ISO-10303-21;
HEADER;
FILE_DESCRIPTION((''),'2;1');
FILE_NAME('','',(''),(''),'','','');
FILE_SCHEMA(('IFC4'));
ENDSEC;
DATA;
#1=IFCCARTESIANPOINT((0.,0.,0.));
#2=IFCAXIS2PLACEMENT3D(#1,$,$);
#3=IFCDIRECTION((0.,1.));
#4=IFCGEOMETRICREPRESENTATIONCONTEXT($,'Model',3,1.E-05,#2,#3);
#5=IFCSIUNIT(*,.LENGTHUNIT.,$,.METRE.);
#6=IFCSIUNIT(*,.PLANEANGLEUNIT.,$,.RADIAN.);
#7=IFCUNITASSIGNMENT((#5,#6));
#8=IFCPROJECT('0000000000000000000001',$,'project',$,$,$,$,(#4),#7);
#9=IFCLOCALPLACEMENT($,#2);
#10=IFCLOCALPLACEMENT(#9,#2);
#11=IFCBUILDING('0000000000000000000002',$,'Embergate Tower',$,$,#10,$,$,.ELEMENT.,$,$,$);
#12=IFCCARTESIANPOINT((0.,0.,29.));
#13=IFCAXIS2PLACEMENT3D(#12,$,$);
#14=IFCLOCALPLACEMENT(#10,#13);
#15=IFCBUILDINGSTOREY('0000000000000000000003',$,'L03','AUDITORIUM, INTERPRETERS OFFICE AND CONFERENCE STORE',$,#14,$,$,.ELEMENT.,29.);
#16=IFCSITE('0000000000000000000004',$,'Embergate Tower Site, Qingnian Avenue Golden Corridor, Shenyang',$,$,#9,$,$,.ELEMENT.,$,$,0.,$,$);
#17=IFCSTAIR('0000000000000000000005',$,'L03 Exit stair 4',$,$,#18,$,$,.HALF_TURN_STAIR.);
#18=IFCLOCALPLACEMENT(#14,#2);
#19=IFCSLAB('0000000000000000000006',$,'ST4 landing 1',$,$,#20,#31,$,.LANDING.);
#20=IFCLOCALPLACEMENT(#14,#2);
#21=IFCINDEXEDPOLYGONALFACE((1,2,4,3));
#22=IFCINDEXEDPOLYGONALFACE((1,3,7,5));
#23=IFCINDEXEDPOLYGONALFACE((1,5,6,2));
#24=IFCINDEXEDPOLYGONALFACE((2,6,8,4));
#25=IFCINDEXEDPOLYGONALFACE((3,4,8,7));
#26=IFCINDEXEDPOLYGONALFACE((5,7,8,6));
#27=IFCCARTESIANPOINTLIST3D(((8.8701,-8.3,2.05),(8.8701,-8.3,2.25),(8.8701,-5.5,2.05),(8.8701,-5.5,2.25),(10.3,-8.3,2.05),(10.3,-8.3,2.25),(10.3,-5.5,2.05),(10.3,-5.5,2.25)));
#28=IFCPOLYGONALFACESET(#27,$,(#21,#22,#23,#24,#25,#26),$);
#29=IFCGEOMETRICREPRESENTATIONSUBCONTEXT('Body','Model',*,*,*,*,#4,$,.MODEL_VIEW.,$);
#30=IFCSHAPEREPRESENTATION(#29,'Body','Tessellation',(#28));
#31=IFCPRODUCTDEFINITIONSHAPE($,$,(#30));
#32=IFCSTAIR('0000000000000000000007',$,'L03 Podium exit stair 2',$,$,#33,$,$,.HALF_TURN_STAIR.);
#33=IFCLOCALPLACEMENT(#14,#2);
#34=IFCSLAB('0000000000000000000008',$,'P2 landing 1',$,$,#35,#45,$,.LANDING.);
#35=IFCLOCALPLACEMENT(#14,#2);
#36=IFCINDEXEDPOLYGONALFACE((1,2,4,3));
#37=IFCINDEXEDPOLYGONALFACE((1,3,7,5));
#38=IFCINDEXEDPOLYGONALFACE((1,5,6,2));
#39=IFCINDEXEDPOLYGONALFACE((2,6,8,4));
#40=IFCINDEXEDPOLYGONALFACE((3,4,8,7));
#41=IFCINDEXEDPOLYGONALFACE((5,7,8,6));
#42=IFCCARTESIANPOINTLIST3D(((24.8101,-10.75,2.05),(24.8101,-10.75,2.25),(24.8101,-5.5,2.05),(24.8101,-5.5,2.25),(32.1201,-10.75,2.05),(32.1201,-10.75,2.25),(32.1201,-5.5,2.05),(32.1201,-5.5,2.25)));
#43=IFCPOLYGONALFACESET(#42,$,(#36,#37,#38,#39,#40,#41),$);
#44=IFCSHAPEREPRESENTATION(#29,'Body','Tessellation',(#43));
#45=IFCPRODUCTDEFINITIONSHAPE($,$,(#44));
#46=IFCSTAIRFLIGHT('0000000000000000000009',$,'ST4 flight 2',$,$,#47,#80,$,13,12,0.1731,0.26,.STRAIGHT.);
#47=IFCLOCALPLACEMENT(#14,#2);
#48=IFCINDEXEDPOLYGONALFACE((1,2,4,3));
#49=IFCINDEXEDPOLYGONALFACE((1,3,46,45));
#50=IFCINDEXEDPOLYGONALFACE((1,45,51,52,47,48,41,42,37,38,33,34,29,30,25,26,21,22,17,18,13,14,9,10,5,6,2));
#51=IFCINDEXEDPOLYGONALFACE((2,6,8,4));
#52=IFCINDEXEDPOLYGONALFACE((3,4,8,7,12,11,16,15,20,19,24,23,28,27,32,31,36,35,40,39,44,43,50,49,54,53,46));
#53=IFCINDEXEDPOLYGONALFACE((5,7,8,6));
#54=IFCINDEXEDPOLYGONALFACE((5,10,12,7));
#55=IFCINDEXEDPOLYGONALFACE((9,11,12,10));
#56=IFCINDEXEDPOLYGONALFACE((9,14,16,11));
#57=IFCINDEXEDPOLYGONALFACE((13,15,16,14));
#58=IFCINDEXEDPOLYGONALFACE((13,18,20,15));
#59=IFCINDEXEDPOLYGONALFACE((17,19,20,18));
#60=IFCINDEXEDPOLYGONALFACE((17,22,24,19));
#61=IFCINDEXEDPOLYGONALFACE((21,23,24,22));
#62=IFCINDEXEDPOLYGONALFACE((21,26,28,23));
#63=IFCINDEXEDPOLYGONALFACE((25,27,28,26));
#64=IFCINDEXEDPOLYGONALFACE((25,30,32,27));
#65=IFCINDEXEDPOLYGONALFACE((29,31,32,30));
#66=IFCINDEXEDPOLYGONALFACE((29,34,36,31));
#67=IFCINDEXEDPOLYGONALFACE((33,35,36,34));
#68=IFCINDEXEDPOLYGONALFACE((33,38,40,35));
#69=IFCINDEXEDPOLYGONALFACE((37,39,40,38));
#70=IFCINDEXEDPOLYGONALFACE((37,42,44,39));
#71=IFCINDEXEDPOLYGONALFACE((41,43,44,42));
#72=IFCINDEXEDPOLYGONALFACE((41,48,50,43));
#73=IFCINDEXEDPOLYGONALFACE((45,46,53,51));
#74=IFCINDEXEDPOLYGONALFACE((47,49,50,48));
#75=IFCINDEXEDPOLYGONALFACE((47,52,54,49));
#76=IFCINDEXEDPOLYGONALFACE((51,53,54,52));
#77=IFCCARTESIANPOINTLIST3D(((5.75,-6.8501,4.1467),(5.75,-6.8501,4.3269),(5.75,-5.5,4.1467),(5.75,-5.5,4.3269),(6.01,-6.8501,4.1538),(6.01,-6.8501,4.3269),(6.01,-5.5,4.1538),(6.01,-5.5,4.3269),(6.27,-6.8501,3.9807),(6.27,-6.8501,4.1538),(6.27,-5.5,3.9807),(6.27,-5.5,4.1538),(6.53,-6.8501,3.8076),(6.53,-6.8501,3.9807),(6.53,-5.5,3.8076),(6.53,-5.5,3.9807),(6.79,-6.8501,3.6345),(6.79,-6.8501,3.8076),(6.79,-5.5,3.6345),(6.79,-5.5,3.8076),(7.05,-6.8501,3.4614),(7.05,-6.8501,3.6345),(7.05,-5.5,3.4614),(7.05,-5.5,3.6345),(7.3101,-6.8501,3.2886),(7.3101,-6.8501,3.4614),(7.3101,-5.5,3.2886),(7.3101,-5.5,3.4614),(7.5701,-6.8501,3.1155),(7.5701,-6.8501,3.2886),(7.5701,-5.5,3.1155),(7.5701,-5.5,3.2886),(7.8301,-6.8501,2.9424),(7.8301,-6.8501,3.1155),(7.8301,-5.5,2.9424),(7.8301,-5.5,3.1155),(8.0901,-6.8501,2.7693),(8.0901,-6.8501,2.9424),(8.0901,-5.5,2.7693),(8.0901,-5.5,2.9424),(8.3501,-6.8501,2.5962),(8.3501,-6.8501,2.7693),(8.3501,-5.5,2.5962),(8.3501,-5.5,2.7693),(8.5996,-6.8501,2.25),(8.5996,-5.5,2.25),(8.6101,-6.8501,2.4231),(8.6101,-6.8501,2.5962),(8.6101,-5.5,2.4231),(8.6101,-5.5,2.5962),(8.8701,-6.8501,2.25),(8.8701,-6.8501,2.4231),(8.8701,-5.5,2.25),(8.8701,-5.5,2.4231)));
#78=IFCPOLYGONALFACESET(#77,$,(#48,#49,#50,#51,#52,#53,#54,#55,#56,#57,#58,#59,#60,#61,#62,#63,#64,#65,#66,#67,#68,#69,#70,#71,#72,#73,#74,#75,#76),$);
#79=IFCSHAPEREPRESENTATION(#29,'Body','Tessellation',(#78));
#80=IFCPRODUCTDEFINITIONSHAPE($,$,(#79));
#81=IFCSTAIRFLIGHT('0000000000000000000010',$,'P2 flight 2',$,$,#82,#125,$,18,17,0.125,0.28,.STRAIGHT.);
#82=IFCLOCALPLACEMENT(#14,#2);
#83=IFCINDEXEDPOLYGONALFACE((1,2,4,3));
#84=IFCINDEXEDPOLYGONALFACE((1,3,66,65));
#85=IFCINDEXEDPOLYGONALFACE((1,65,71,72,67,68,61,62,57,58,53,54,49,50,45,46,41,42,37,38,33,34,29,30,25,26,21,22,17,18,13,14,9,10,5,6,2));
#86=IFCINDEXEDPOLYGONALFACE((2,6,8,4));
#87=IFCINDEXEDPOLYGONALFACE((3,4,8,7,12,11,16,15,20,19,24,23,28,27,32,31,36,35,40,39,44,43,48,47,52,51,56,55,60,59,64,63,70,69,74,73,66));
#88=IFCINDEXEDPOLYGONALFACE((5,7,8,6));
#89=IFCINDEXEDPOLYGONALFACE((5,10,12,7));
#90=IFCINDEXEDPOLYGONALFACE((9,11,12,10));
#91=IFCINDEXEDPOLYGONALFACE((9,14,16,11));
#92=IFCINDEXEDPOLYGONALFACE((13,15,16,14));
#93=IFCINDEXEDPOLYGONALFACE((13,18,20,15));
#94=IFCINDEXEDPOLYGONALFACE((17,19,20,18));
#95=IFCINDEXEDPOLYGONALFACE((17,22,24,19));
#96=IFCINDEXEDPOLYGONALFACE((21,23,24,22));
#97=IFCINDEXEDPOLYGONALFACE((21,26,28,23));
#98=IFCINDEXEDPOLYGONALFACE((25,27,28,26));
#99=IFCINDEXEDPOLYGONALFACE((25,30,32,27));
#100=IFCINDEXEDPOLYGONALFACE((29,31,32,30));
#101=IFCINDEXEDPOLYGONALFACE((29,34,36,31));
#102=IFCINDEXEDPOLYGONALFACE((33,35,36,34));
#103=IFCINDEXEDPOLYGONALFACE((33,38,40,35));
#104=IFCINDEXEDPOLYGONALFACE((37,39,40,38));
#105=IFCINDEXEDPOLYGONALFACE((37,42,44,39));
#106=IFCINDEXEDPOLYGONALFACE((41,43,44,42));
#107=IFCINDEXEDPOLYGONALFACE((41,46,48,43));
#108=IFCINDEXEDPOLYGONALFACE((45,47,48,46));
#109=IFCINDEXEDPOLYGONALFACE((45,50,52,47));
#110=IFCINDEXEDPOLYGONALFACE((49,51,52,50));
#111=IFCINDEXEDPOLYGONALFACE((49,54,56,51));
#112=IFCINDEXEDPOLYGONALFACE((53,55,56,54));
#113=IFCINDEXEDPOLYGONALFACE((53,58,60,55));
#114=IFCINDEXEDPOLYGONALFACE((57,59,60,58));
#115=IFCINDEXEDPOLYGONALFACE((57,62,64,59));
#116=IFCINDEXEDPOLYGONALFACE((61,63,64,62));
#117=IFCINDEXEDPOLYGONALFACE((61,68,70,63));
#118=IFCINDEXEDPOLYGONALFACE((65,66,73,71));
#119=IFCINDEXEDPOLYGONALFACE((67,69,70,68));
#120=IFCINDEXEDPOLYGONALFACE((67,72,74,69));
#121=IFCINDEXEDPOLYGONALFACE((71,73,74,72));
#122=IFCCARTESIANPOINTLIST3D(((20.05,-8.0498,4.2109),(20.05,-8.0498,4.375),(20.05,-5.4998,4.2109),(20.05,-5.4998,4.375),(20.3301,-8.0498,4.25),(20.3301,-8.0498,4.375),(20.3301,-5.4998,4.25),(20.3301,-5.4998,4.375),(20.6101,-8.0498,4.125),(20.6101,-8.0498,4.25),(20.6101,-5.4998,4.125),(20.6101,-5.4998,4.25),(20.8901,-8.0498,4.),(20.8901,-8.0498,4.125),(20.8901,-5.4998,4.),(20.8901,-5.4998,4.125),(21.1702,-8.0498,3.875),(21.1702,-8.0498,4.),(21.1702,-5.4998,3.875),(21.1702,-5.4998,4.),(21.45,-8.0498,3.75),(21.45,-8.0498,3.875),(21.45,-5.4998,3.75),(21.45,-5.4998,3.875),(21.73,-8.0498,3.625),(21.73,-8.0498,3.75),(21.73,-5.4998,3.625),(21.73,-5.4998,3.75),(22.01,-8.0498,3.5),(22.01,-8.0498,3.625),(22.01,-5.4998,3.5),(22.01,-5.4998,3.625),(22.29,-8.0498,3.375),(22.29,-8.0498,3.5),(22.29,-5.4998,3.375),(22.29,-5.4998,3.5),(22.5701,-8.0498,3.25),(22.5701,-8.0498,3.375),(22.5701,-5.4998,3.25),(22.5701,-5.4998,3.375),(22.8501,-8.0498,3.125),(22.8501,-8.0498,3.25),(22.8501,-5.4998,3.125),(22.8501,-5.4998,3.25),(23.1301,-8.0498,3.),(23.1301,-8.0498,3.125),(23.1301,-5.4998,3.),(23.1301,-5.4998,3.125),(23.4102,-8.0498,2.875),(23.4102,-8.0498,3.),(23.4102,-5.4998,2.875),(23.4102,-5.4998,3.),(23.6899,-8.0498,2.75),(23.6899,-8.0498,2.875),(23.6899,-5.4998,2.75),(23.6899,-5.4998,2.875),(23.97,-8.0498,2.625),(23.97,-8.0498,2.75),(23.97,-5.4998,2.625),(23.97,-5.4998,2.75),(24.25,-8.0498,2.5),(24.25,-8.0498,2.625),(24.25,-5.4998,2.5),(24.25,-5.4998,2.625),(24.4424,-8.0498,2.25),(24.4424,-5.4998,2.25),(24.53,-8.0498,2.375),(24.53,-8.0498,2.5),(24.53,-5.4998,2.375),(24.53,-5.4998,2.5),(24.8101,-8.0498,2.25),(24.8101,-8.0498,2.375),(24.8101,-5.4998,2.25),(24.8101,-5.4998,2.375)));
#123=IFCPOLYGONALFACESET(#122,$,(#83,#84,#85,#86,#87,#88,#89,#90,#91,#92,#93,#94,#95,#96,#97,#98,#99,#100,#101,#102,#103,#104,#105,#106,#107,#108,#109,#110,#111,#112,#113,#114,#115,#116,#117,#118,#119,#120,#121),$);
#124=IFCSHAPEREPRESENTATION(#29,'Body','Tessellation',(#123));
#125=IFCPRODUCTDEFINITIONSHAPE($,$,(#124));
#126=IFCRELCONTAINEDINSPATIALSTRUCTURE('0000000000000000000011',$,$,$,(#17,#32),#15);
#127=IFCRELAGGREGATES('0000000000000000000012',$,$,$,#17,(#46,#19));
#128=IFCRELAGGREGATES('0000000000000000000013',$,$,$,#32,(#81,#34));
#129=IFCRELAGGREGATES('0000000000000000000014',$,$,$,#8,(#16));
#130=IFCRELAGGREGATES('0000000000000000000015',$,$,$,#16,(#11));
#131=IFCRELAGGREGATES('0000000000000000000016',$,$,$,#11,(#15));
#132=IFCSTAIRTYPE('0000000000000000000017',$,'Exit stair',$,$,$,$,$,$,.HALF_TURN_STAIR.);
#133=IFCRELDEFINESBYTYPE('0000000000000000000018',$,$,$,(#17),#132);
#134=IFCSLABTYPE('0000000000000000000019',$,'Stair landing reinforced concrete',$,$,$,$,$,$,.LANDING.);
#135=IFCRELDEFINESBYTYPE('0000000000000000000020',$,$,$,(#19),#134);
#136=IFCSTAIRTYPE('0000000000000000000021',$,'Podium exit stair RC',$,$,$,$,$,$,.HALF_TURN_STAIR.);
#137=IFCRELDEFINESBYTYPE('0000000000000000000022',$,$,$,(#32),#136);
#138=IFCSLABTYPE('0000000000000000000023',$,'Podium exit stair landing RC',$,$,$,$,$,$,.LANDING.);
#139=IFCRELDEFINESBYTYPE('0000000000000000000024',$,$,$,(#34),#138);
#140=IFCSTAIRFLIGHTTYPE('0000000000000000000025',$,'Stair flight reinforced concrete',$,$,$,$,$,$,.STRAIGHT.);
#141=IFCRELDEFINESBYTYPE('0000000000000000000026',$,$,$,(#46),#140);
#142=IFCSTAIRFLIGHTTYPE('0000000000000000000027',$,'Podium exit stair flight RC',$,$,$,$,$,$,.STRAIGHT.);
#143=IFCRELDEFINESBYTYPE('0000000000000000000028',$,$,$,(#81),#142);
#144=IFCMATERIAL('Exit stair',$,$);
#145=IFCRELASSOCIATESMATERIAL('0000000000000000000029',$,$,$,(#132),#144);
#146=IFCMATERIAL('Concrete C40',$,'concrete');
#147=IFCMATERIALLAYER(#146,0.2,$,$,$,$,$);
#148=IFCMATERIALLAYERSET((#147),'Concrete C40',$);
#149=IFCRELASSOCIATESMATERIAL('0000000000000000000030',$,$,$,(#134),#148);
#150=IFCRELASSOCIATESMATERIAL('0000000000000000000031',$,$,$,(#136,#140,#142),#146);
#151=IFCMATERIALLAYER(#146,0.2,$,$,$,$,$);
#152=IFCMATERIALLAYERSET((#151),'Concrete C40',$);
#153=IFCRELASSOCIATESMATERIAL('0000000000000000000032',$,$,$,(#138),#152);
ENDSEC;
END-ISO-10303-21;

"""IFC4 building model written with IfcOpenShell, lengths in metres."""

from ifc_helpers import new_model, si_unit, direction, frame, origin, place, context, subcontext, project, spatial, polyline, outline, extrude, source, transform, mapped, material, layer, layer_set, type_object, element, aggregate, save


model = new_model("IFC4")

# Units and contexts
model_context = context("Model", 3, precision=1e-05, world=origin(), true_north=direction((0.0, 1.0)))
body_context = subcontext(model_context, "Body", "Model", "MODEL_VIEW")
ifc_project = project(units=[si_unit("LENGTHUNIT", "METRE"), si_unit("PLANEANGLEUNIT", "RADIAN")], contexts=[model_context])

# Site, building, storey
site_placement = place(None, origin())
site = spatial("IfcSite", under=ifc_project, at=site_placement, Name="Embergate Tower Site, Qingnian Avenue Golden Corridor, Shenyang", CompositionType="ELEMENT", RefElevation=0.0)
building_placement = place(site_placement, origin())
building = spatial("IfcBuilding", under=site, at=building_placement, Name="Embergate Tower", CompositionType="ELEMENT")
storey_placement = place(building_placement, frame((0.0, 0.0, 29.0)))
storey = spatial("IfcBuildingStorey", under=building, at=storey_placement, Name="L03", Description="AUDITORIUM, INTERPRETERS OFFICE AND CONFERENCE STORE", CompositionType="ELEMENT", Elevation=29.0)

# Stairs, slabs
ifc_material_1 = material(Name="Exit stair")
stair_type_1 = type_object("IfcStairType", Name="Exit stair", PredefinedType="HALF_TURN_STAIR", material=ifc_material_1)
stair_1_placement = place(storey_placement, origin())
stair_1 = element("IfcStair", 1, at=stair_1_placement, inside=storey, type_object=stair_type_1, Name="L03 Exit stair 4", PredefinedType="HALF_TURN_STAIR")
ifc_material_2 = material(Name="Concrete C40", Category="concrete")
ifc_layer_1 = layer(ifc_material_2, 0.2)
ifc_layer_set_1 = layer_set([ifc_layer_1], Name="Concrete C40")
slab_type_1 = type_object("IfcSlabType", Name="Stair landing reinforced concrete", PredefinedType="LANDING", material=ifc_layer_set_1)
shared_shape_1 = source(origin(), body_context, "Body", "SweptSolid", [
    extrude(outline(polyline([(0.0, 0.0), (1.4299, 0.0), (1.4299, 2.8), (0.0, 2.8), (0.0, 0.0)])), origin(), (0.0, 0.0, 1.0), 0.2),
])
slab_1_placement = place(storey_placement, frame((8.8701, -8.3, 2.05)))
slab_1 = element("IfcSlab", 2, at=slab_1_placement, type_object=slab_type_1, Name="ST4 landing 1", PredefinedType="LANDING", context=body_context, shape_type="MappedRepresentation", body=[
    mapped(shared_shape_1, transform((0.0, 0.0, 0.0))),
])
stair_type_2 = type_object("IfcStairType", Name="Podium exit stair RC", PredefinedType="HALF_TURN_STAIR", material=ifc_material_2)
stair_2_placement = place(storey_placement, origin())
stair_2 = element("IfcStair", 3, at=stair_2_placement, inside=storey, type_object=stair_type_2, Name="L03 Podium exit stair 2", PredefinedType="HALF_TURN_STAIR")
ifc_layer_2 = layer(ifc_material_2, 0.2)
ifc_layer_set_2 = layer_set([ifc_layer_2], Name="Concrete C40")
slab_type_2 = type_object("IfcSlabType", Name="Podium exit stair landing RC", PredefinedType="LANDING", material=ifc_layer_set_2)
shared_shape_2 = source(origin(), body_context, "Body", "SweptSolid", [
    extrude(outline(polyline([(0.0, 0.0), (7.3101, 0.0), (7.3101, 5.25), (0.0, 5.25), (0.0, 0.0)])), origin(), (0.0, 0.0, 1.0), 0.2),
])
slab_2_placement = place(storey_placement, frame((24.8101, -10.75, 2.05)))
slab_2 = element("IfcSlab", 4, at=slab_2_placement, type_object=slab_type_2, Name="P2 landing 1", PredefinedType="LANDING", context=body_context, shape_type="MappedRepresentation", body=[
    mapped(shared_shape_2, transform((0.0, 0.0, 0.0))),
])

# Stair flights
stair_flight_type_1 = type_object("IfcStairFlightType", Name="Stair flight reinforced concrete", PredefinedType="STRAIGHT", material=ifc_material_2)
shared_shape_3 = source(origin(), body_context, "Body", "SweptSolid", [
    extrude(outline(polyline([(0.0, 0.0), (0.0, 0.1731), (0.26, 0.1731), (0.26, 0.3462), (0.52, 0.3462), (0.52, 0.5193), (0.78, 0.5193), (0.78, 0.6924), (1.04, 0.6924), (1.04, 0.8655), (1.3, 0.8655), (1.3, 1.0386), (1.5601, 1.0386), (1.5601, 1.2114), (1.8201, 1.2114), (1.8201, 1.3845), (2.0801, 1.3845), (2.0801, 1.5576), (2.3401, 1.5576), (2.3401, 1.7307), (2.6001, 1.7307), (2.6001, 1.9038), (2.8601, 1.9038), (2.8601, 2.0769), (3.1201, 2.0769), (3.1201, 2.25), (3.1201, 1.8967), (0.2705, 0.0), (0.0, 0.0)])), frame((0.0, 0.675, 0.0), z_axis=(0.0, -1.0, 0.0), x_axis=(1.0, 0.0, 0.0)), (0.0, 0.0, 1.0), 1.3501),
])
stair_flight_1_placement = place(storey_placement, frame((8.8701, -6.175, 2.25), z_axis=(0.0, 0.0, 1.0), x_axis=(-1.0, 0.0, 0.0)))
stair_flight_1 = element("IfcStairFlight", 5, at=stair_flight_1_placement, type_object=stair_flight_type_1, Name="ST4 flight 2", NumberOfRisers=13, NumberOfTreads=12, PredefinedType="STRAIGHT", RiserHeight=0.1731, TreadLength=0.26, context=body_context, shape_type="MappedRepresentation", body=[
    mapped(shared_shape_3, transform((0.0, 0.0, 0.0))),
])
aggregate(stair_1, [stair_flight_1, slab_1])
stair_flight_type_2 = type_object("IfcStairFlightType", Name="Podium exit stair flight RC", PredefinedType="STRAIGHT", material=ifc_material_2)
shared_shape_4 = source(origin(), body_context, "Body", "SweptSolid", [
    extrude(outline(polyline([(0.0, 0.0), (0.0, 0.125), (0.28, 0.125), (0.28, 0.25), (0.5601, 0.25), (0.5601, 0.375), (0.8401, 0.375), (0.8401, 0.5), (1.1201, 0.5), (1.1201, 0.625), (1.3999, 0.625), (1.3999, 0.75), (1.6799, 0.75), (1.6799, 0.875), (1.96, 0.875), (1.96, 1.0), (2.24, 1.0), (2.24, 1.125), (2.52, 1.125), (2.52, 1.25), (2.8, 1.25), (2.8, 1.375), (3.0801, 1.375), (3.0801, 1.5), (3.3601, 1.5), (3.3601, 1.625), (3.6399, 1.625), (3.6399, 1.75), (3.9199, 1.75), (3.9199, 1.875), (4.2, 1.875), (4.2, 2.0), (4.48, 2.0), (4.48, 2.125), (4.76, 2.125), (4.76, 2.25), (4.76, 1.9609), (0.3677, 0.0), (0.0, 0.0)])), frame((0.0, 1.2749, 0.0), z_axis=(0.0, -1.0, 0.0), x_axis=(1.0, 0.0, 0.0)), (0.0, 0.0, 1.0), 2.55),
])
stair_flight_2_placement = place(storey_placement, frame((24.8101, -6.7749, 2.25), z_axis=(0.0, 0.0, 1.0), x_axis=(-1.0, 0.0, 0.0)))
stair_flight_2 = element("IfcStairFlight", 6, at=stair_flight_2_placement, type_object=stair_flight_type_2, Name="P2 flight 2", NumberOfRisers=18, NumberOfTreads=17, PredefinedType="STRAIGHT", RiserHeight=0.125, TreadLength=0.28, context=body_context, shape_type="MappedRepresentation", body=[
    mapped(shared_shape_4, transform((0.0, 0.0, 0.0))),
])
aggregate(stair_2, [stair_flight_2, slab_2])

save(model, "model.ifc")
